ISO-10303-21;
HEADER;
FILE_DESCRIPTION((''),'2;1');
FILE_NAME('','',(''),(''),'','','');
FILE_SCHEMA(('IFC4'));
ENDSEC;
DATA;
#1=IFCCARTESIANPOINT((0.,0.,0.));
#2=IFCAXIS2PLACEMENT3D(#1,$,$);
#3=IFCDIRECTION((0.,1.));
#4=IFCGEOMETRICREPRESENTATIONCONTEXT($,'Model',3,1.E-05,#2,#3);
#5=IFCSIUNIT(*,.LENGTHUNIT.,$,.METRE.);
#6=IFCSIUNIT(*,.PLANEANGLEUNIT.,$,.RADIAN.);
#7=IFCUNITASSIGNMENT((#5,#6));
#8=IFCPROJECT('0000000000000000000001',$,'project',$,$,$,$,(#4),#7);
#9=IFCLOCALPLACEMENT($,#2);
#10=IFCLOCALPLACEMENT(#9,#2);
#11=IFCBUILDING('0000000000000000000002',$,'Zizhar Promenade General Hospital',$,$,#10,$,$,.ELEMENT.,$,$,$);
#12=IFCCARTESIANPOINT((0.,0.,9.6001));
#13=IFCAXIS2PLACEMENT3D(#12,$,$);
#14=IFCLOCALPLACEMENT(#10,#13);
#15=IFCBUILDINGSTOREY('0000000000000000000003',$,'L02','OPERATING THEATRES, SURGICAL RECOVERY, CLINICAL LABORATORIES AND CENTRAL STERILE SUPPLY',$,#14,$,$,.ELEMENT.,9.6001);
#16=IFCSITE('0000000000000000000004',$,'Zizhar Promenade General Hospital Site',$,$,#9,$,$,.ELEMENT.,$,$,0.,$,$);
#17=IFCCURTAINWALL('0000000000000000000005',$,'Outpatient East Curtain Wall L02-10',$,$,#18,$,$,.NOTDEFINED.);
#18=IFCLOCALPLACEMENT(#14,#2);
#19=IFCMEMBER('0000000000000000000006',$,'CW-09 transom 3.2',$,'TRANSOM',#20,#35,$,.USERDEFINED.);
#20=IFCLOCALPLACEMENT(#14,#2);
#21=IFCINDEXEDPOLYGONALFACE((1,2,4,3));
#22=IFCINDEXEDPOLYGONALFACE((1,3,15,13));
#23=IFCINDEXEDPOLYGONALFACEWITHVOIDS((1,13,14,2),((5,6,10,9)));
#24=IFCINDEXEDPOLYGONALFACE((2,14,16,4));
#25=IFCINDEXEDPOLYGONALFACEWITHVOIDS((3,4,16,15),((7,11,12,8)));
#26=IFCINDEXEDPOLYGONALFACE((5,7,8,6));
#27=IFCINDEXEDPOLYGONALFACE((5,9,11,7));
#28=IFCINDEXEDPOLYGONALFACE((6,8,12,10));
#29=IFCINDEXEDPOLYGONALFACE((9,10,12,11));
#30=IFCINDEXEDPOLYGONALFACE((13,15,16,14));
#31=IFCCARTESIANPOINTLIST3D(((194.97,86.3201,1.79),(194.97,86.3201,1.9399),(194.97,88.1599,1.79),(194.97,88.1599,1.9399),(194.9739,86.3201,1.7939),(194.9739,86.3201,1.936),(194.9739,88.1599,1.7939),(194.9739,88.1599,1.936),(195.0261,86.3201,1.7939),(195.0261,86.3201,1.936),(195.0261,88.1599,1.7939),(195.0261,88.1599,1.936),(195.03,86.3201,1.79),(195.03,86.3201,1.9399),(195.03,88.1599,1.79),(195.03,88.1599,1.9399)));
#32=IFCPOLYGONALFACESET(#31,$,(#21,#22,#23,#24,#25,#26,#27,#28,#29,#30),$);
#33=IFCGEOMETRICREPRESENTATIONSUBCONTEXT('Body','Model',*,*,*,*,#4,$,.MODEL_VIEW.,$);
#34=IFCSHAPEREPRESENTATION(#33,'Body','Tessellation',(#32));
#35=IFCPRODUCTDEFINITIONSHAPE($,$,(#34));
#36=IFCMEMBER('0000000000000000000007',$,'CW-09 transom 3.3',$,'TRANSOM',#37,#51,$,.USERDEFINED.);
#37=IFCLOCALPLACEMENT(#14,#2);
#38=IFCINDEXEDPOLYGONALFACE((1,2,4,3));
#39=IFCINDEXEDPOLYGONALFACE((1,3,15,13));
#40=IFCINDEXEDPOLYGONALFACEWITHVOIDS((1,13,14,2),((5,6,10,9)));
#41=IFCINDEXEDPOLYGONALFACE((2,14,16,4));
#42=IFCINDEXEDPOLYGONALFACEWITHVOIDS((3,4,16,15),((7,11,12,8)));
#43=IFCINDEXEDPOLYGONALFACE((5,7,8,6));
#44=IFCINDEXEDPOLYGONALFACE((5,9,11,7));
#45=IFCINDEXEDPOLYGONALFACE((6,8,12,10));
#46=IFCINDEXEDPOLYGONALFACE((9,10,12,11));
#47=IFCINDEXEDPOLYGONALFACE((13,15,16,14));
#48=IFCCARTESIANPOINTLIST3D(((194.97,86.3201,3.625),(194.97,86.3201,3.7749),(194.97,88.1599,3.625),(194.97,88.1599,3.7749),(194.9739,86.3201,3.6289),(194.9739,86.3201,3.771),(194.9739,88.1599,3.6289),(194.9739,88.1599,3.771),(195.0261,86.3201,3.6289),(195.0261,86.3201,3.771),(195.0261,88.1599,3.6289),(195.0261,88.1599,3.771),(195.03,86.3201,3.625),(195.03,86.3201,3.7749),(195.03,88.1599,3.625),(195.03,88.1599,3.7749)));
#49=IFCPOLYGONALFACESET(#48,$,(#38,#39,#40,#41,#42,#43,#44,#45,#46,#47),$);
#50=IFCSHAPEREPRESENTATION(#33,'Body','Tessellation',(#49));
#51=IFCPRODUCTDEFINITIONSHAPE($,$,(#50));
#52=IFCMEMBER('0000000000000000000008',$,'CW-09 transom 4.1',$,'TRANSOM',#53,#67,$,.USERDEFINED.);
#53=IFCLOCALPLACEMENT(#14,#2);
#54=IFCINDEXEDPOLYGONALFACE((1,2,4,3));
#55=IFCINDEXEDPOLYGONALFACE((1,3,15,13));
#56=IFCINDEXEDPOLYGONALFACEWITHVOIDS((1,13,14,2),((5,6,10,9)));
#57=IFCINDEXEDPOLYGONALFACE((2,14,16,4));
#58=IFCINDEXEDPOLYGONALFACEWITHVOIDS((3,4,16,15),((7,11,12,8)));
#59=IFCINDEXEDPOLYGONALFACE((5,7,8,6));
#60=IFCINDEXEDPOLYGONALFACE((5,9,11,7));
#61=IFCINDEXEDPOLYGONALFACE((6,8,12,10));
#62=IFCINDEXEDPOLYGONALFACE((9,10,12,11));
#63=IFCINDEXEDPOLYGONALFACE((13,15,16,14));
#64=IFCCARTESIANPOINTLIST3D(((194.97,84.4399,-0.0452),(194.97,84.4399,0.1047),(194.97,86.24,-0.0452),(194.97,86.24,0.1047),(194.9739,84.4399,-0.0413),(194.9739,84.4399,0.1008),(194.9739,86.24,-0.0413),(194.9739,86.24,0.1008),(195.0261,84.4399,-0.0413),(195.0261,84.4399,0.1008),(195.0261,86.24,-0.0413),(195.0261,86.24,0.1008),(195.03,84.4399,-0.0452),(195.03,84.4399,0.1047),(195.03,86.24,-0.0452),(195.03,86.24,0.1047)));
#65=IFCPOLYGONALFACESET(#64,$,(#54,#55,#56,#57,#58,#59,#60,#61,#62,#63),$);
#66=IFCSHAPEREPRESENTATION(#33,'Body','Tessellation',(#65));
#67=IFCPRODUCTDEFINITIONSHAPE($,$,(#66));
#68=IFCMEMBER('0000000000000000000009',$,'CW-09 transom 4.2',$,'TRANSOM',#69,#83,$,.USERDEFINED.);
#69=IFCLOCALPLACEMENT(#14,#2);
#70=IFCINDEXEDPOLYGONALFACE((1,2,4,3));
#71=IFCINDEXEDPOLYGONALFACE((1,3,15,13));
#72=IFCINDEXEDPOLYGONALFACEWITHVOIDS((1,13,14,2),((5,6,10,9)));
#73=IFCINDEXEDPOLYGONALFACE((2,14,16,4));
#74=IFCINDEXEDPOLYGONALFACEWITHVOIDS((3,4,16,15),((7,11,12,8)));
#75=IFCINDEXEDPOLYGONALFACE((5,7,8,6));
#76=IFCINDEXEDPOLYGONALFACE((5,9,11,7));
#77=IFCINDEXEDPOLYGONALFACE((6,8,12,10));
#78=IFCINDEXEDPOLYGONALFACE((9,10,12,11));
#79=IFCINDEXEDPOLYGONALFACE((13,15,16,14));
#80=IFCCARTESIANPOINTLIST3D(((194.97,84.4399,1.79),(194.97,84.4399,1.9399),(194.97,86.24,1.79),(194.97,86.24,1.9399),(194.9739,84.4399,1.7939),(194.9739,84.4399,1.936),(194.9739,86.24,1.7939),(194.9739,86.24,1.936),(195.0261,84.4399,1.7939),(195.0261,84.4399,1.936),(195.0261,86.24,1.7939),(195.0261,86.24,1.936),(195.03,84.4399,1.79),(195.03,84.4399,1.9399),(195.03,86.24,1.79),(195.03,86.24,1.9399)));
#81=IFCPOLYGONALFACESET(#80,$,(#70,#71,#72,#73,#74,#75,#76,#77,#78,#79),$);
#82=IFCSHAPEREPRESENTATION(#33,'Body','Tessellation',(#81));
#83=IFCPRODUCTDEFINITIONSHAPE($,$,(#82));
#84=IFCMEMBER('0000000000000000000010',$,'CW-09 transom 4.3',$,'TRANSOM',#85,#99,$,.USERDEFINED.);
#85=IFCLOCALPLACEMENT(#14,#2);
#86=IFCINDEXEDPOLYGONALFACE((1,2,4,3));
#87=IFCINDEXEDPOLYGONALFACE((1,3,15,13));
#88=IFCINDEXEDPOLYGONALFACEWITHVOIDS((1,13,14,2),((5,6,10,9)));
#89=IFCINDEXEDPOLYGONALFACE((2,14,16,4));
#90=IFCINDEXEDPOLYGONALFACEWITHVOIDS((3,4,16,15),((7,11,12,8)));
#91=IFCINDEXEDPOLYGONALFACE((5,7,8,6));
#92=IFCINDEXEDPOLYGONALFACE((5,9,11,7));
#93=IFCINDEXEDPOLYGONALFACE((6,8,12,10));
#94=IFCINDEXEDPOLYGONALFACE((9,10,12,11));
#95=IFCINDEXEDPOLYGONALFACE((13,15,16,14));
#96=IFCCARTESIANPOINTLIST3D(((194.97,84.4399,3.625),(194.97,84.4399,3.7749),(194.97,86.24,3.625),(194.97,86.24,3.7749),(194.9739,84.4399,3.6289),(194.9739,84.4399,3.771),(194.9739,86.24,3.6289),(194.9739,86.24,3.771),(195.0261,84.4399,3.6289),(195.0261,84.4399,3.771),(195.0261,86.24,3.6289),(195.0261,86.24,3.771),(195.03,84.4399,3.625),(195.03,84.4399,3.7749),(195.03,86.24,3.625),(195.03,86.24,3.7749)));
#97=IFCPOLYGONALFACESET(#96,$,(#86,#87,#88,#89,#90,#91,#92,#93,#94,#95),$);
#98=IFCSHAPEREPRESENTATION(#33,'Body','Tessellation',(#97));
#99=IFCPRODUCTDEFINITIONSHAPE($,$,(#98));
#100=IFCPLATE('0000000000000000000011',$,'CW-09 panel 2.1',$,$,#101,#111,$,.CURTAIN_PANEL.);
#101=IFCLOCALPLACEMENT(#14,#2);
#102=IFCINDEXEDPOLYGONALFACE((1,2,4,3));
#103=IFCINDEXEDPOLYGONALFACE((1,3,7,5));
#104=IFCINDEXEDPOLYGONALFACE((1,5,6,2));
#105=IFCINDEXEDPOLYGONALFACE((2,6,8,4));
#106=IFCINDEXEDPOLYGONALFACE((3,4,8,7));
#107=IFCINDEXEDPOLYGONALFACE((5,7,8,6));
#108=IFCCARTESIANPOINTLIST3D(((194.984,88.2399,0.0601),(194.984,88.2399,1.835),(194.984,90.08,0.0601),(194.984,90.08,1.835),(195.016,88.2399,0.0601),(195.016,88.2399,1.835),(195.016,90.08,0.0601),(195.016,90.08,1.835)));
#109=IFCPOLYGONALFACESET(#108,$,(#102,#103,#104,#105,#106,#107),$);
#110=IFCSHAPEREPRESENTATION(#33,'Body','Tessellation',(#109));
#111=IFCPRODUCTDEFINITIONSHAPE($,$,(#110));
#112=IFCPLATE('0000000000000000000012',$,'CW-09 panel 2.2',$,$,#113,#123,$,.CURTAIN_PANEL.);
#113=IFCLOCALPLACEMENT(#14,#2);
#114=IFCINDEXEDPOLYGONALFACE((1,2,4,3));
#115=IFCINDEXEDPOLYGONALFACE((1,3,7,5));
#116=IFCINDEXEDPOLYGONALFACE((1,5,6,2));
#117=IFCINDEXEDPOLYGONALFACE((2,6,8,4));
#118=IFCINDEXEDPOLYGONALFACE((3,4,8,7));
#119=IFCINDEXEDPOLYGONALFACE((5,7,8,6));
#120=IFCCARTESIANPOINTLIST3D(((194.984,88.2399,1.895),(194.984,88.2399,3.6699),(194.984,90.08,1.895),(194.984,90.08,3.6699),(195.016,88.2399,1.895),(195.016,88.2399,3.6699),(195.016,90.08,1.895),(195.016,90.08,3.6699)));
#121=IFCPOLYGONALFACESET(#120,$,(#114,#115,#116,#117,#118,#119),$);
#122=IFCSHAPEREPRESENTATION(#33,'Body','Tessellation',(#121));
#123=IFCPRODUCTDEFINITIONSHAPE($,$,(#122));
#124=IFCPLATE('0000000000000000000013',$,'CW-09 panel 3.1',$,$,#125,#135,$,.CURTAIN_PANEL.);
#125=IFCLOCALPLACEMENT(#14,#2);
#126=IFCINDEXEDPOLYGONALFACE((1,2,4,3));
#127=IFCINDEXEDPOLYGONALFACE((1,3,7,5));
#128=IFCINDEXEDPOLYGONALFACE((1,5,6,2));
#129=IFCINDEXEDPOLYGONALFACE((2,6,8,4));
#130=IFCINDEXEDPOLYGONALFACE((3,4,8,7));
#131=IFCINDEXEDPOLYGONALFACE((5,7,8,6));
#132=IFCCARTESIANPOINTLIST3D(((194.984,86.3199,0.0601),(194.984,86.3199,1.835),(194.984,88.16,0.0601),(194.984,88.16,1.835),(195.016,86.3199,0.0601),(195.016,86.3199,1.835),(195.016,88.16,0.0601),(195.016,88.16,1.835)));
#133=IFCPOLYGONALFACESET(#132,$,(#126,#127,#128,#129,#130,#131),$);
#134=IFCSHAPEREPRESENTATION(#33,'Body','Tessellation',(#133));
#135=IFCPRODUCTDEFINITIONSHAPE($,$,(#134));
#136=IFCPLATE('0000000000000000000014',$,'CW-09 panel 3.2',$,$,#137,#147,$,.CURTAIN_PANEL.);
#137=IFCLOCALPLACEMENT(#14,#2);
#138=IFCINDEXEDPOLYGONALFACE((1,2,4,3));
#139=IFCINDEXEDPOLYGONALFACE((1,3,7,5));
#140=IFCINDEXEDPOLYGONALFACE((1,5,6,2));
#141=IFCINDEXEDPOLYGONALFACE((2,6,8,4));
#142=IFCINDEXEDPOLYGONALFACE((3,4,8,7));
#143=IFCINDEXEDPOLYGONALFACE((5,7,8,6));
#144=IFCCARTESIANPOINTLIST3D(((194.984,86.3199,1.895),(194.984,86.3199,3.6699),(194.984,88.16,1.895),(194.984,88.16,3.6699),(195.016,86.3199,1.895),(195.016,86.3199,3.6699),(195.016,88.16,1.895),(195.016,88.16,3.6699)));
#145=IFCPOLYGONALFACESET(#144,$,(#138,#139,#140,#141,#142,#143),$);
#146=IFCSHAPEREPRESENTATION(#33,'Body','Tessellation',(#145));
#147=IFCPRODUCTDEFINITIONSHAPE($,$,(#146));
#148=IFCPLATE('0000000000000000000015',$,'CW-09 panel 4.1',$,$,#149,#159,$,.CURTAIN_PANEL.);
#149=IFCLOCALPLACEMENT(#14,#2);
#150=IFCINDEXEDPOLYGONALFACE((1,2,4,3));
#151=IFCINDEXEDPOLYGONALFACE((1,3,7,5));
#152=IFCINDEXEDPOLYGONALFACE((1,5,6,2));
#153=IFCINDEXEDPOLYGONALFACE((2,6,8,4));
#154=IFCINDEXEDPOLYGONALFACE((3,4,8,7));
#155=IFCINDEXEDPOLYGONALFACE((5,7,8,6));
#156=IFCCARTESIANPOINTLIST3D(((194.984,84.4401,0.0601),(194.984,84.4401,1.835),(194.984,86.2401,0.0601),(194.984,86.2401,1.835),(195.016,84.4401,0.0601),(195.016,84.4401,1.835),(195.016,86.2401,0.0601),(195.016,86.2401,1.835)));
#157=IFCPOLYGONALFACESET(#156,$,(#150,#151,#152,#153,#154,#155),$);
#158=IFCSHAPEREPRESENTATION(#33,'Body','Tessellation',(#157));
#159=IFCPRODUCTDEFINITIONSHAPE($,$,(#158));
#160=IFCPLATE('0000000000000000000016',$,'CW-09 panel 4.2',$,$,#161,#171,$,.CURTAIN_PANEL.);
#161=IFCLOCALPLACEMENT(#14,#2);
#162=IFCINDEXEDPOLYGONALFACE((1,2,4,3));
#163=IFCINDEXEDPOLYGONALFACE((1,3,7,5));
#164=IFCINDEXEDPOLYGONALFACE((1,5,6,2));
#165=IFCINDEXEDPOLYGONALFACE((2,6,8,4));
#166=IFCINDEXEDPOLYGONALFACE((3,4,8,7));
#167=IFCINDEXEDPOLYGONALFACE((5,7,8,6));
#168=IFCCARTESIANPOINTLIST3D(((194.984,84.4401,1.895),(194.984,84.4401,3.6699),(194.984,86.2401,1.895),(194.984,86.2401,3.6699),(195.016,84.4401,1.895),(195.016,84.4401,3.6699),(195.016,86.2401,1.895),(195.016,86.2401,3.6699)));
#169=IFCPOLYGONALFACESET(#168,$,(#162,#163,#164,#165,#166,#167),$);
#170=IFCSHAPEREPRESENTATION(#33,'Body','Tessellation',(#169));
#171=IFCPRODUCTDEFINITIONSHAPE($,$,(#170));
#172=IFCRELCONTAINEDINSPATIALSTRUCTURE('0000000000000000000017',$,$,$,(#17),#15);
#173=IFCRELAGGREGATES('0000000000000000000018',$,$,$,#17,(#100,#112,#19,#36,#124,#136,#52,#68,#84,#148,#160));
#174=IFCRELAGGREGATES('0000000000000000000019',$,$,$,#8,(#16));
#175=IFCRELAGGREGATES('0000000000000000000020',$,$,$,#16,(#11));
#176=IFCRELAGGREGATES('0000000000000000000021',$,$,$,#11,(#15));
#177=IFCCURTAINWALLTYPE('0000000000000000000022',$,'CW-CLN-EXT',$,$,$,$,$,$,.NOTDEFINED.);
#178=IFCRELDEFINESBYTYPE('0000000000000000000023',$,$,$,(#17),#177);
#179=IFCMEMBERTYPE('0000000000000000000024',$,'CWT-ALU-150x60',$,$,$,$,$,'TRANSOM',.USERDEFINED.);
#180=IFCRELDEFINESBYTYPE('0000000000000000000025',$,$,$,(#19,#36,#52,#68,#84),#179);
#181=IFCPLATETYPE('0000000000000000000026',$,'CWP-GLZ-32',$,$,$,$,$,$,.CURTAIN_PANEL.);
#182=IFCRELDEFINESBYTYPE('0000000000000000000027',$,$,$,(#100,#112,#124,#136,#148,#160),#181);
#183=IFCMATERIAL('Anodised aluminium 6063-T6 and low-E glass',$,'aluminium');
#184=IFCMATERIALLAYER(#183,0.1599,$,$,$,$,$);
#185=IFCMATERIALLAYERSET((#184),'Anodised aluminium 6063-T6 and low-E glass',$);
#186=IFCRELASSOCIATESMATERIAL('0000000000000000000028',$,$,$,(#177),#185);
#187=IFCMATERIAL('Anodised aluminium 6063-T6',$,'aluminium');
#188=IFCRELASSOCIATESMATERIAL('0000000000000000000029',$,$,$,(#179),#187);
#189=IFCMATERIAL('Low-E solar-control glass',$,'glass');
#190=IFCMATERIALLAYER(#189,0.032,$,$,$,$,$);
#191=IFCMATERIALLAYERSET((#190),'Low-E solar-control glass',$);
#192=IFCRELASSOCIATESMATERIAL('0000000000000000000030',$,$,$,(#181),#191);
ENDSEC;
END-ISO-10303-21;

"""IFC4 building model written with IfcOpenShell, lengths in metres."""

from ifc_helpers import new_model, si_unit, direction, frame, origin, origin_2d, place, context, subcontext, project, spatial, rectangle, hollow_rectangle, extrude, material, layer, layer_set, material_profile, profile_set, type_object, element, aggregate, save


model = new_model("IFC4")

# Units and contexts
model_context = context("Model", 3, precision=1e-05, world=origin(), true_north=direction((0.0, 1.0)))
body_context = subcontext(model_context, "Body", "Model", "MODEL_VIEW")
ifc_project = project(units=[si_unit("LENGTHUNIT", "METRE"), si_unit("PLANEANGLEUNIT", "RADIAN")], contexts=[model_context])

# Site, building, storey
site_placement = place(None, origin())
site = spatial("IfcSite", under=ifc_project, at=site_placement, Name="Zizhar Promenade General Hospital Site", CompositionType="ELEMENT", RefElevation=0.0)
building_placement = place(site_placement, origin())
building = spatial("IfcBuilding", under=site, at=building_placement, Name="Zizhar Promenade General Hospital", CompositionType="ELEMENT")
storey_placement = place(building_placement, frame((0.0, 0.0, 9.6001)))
storey = spatial("IfcBuildingStorey", under=building, at=storey_placement, Name="L02", Description="OPERATING THEATRES, SURGICAL RECOVERY, CLINICAL LABORATORIES AND CENTRAL STERILE SUPPLY", CompositionType="ELEMENT", Elevation=9.6001)

# Curtain wall, members, plates
ifc_material_1 = material(Name="Anodised aluminium 6063-T6 and low-E glass", Category="aluminium")
ifc_layer_1 = layer(ifc_material_1, 0.1599)
ifc_layer_set_1 = layer_set([ifc_layer_1], Name="Anodised aluminium 6063-T6 and low-E glass")
curtain_wall_type = type_object("IfcCurtainWallType", Name="CW-CLN-EXT", PredefinedType="NOTDEFINED", material=ifc_layer_set_1)
curtain_wall_placement = place(storey_placement, origin())
curtain_wall = element("IfcCurtainWall", 1, at=curtain_wall_placement, inside=storey, type_object=curtain_wall_type, Name="Outpatient East Curtain Wall L02-10", PredefinedType="NOTDEFINED")
ifc_material_2 = material(Name="Anodised aluminium 6063-T6", Category="aluminium")
ifc_material_profile_1 = material_profile(ifc_material_2, hollow_rectangle(XDim=0.0601, YDim=0.1499, WallThickness=0.0039, at=origin_2d()))
ifc_profile_set_1 = profile_set([ifc_material_profile_1], Name="Anodised aluminium 6063-T6")
member_type_1 = type_object("IfcMemberType", Name="CWT-ALU-150x60", ElementType="TRANSOM", PredefinedType="USERDEFINED", material=ifc_profile_set_1)
member_1_placement = place(storey_placement, frame((195.0, 88.1599, 1.865), z_axis=(0.0, -1.0, 0.0), x_axis=(1.0, 0.0, 0.0)))
member_1 = element("IfcMember", 2, at=member_1_placement, type_object=member_type_1, Name="CW-09 transom 3.2", ObjectType="TRANSOM", PredefinedType="USERDEFINED", context=body_context, shape_type="SweptSolid", body=[
    extrude(hollow_rectangle(XDim=0.0601, YDim=0.1499, WallThickness=0.0039, at=origin_2d()), origin(), (0.0, 0.0, 1.0), 1.8398),
])
member_2_placement = place(storey_placement, frame((195.0, 88.1599, 3.7), z_axis=(0.0, -1.0, 0.0), x_axis=(1.0, 0.0, 0.0)))
member_2 = element("IfcMember", 3, at=member_2_placement, type_object=member_type_1, Name="CW-09 transom 3.3", ObjectType="TRANSOM", PredefinedType="USERDEFINED", context=body_context, shape_type="SweptSolid", body=[
    extrude(hollow_rectangle(XDim=0.0601, YDim=0.1499, WallThickness=0.0039, at=origin_2d()), origin(), (0.0, 0.0, 1.0), 1.8398),
])
member_3_placement = place(storey_placement, frame((195.0, 86.24, 0.0298), z_axis=(0.0, -1.0, 0.0), x_axis=(1.0, 0.0, 0.0)))
member_3 = element("IfcMember", 4, at=member_3_placement, type_object=member_type_1, Name="CW-09 transom 4.1", ObjectType="TRANSOM", PredefinedType="USERDEFINED", context=body_context, shape_type="SweptSolid", body=[
    extrude(hollow_rectangle(XDim=0.0601, YDim=0.1499, WallThickness=0.0039, at=origin_2d()), origin(), (0.0, 0.0, 1.0), 1.8),
])
member_4_placement = place(storey_placement, frame((195.0, 86.24, 1.865), z_axis=(0.0, -1.0, 0.0), x_axis=(1.0, 0.0, 0.0)))
member_4 = element("IfcMember", 5, at=member_4_placement, type_object=member_type_1, Name="CW-09 transom 4.2", ObjectType="TRANSOM", PredefinedType="USERDEFINED", context=body_context, shape_type="SweptSolid", body=[
    extrude(hollow_rectangle(XDim=0.0601, YDim=0.1499, WallThickness=0.0039, at=origin_2d()), origin(), (0.0, 0.0, 1.0), 1.8),
])
member_5_placement = place(storey_placement, frame((195.0, 86.24, 3.7), z_axis=(0.0, -1.0, 0.0), x_axis=(1.0, 0.0, 0.0)))
member_5 = element("IfcMember", 6, at=member_5_placement, type_object=member_type_1, Name="CW-09 transom 4.3", ObjectType="TRANSOM", PredefinedType="USERDEFINED", context=body_context, shape_type="SweptSolid", body=[
    extrude(hollow_rectangle(XDim=0.0601, YDim=0.1499, WallThickness=0.0039, at=origin_2d()), origin(), (0.0, 0.0, 1.0), 1.8),
])
ifc_material_3 = material(Name="Low-E solar-control glass", Category="glass")
ifc_layer_2 = layer(ifc_material_3, 0.032)
ifc_layer_set_2 = layer_set([ifc_layer_2], Name="Low-E solar-control glass")
plate_type = type_object("IfcPlateType", Name="CWP-GLZ-32", PredefinedType="CURTAIN_PANEL", material=ifc_layer_set_2)
plate_1_placement = place(storey_placement, frame((195.0, 89.1599, 0.0601), z_axis=(0.0, 0.0, 1.0), x_axis=(0.0, -1.0, 0.0)))
plate_1 = element("IfcPlate", 7, at=plate_1_placement, type_object=plate_type, Name="CW-09 panel 2.1", PredefinedType="CURTAIN_PANEL", context=body_context, shape_type="SweptSolid", body=[
    extrude(rectangle(XDim=1.8401, YDim=0.032, at=origin_2d()), origin(), (0.0, 0.0, 1.0), 1.7749),
])
plate_2_placement = place(storey_placement, frame((195.0, 89.1599, 1.895), z_axis=(0.0, 0.0, 1.0), x_axis=(0.0, -1.0, 0.0)))
plate_2 = element("IfcPlate", 8, at=plate_2_placement, type_object=plate_type, Name="CW-09 panel 2.2", PredefinedType="CURTAIN_PANEL", context=body_context, shape_type="SweptSolid", body=[
    extrude(rectangle(XDim=1.8401, YDim=0.032, at=origin_2d()), origin(), (0.0, 0.0, 1.0), 1.7749),
])
plate_3_placement = place(storey_placement, frame((195.0, 87.24, 0.0601), z_axis=(0.0, 0.0, 1.0), x_axis=(0.0, -1.0, 0.0)))
plate_3 = element("IfcPlate", 9, at=plate_3_placement, type_object=plate_type, Name="CW-09 panel 3.1", PredefinedType="CURTAIN_PANEL", context=body_context, shape_type="SweptSolid", body=[
    extrude(rectangle(XDim=1.8401, YDim=0.032, at=origin_2d()), origin(), (0.0, 0.0, 1.0), 1.7749),
])
plate_4_placement = place(storey_placement, frame((195.0, 87.24, 1.895), z_axis=(0.0, 0.0, 1.0), x_axis=(0.0, -1.0, 0.0)))
plate_4 = element("IfcPlate", 10, at=plate_4_placement, type_object=plate_type, Name="CW-09 panel 3.2", PredefinedType="CURTAIN_PANEL", context=body_context, shape_type="SweptSolid", body=[
    extrude(rectangle(XDim=1.8401, YDim=0.032, at=origin_2d()), origin(), (0.0, 0.0, 1.0), 1.7749),
])
plate_5_placement = place(storey_placement, frame((195.0, 85.3401, 0.0601), z_axis=(0.0, 0.0, 1.0), x_axis=(0.0, -1.0, 0.0)))
plate_5 = element("IfcPlate", 11, at=plate_5_placement, type_object=plate_type, Name="CW-09 panel 4.1", PredefinedType="CURTAIN_PANEL", context=body_context, shape_type="SweptSolid", body=[
    extrude(rectangle(XDim=1.8, YDim=0.032, at=origin_2d()), origin(), (0.0, 0.0, 1.0), 1.7749),
])
plate_6_placement = place(storey_placement, frame((195.0, 85.3401, 1.895), z_axis=(0.0, 0.0, 1.0), x_axis=(0.0, -1.0, 0.0)))
plate_6 = element("IfcPlate", 12, at=plate_6_placement, type_object=plate_type, Name="CW-09 panel 4.2", PredefinedType="CURTAIN_PANEL", context=body_context, shape_type="SweptSolid", body=[
    extrude(rectangle(XDim=1.8, YDim=0.032, at=origin_2d()), origin(), (0.0, 0.0, 1.0), 1.7749),
])
aggregate(curtain_wall, [plate_1, plate_2, member_1, member_2, plate_3, plate_4, member_3, member_4, member_5, plate_5, plate_6])

save(model, "model.ifc")
